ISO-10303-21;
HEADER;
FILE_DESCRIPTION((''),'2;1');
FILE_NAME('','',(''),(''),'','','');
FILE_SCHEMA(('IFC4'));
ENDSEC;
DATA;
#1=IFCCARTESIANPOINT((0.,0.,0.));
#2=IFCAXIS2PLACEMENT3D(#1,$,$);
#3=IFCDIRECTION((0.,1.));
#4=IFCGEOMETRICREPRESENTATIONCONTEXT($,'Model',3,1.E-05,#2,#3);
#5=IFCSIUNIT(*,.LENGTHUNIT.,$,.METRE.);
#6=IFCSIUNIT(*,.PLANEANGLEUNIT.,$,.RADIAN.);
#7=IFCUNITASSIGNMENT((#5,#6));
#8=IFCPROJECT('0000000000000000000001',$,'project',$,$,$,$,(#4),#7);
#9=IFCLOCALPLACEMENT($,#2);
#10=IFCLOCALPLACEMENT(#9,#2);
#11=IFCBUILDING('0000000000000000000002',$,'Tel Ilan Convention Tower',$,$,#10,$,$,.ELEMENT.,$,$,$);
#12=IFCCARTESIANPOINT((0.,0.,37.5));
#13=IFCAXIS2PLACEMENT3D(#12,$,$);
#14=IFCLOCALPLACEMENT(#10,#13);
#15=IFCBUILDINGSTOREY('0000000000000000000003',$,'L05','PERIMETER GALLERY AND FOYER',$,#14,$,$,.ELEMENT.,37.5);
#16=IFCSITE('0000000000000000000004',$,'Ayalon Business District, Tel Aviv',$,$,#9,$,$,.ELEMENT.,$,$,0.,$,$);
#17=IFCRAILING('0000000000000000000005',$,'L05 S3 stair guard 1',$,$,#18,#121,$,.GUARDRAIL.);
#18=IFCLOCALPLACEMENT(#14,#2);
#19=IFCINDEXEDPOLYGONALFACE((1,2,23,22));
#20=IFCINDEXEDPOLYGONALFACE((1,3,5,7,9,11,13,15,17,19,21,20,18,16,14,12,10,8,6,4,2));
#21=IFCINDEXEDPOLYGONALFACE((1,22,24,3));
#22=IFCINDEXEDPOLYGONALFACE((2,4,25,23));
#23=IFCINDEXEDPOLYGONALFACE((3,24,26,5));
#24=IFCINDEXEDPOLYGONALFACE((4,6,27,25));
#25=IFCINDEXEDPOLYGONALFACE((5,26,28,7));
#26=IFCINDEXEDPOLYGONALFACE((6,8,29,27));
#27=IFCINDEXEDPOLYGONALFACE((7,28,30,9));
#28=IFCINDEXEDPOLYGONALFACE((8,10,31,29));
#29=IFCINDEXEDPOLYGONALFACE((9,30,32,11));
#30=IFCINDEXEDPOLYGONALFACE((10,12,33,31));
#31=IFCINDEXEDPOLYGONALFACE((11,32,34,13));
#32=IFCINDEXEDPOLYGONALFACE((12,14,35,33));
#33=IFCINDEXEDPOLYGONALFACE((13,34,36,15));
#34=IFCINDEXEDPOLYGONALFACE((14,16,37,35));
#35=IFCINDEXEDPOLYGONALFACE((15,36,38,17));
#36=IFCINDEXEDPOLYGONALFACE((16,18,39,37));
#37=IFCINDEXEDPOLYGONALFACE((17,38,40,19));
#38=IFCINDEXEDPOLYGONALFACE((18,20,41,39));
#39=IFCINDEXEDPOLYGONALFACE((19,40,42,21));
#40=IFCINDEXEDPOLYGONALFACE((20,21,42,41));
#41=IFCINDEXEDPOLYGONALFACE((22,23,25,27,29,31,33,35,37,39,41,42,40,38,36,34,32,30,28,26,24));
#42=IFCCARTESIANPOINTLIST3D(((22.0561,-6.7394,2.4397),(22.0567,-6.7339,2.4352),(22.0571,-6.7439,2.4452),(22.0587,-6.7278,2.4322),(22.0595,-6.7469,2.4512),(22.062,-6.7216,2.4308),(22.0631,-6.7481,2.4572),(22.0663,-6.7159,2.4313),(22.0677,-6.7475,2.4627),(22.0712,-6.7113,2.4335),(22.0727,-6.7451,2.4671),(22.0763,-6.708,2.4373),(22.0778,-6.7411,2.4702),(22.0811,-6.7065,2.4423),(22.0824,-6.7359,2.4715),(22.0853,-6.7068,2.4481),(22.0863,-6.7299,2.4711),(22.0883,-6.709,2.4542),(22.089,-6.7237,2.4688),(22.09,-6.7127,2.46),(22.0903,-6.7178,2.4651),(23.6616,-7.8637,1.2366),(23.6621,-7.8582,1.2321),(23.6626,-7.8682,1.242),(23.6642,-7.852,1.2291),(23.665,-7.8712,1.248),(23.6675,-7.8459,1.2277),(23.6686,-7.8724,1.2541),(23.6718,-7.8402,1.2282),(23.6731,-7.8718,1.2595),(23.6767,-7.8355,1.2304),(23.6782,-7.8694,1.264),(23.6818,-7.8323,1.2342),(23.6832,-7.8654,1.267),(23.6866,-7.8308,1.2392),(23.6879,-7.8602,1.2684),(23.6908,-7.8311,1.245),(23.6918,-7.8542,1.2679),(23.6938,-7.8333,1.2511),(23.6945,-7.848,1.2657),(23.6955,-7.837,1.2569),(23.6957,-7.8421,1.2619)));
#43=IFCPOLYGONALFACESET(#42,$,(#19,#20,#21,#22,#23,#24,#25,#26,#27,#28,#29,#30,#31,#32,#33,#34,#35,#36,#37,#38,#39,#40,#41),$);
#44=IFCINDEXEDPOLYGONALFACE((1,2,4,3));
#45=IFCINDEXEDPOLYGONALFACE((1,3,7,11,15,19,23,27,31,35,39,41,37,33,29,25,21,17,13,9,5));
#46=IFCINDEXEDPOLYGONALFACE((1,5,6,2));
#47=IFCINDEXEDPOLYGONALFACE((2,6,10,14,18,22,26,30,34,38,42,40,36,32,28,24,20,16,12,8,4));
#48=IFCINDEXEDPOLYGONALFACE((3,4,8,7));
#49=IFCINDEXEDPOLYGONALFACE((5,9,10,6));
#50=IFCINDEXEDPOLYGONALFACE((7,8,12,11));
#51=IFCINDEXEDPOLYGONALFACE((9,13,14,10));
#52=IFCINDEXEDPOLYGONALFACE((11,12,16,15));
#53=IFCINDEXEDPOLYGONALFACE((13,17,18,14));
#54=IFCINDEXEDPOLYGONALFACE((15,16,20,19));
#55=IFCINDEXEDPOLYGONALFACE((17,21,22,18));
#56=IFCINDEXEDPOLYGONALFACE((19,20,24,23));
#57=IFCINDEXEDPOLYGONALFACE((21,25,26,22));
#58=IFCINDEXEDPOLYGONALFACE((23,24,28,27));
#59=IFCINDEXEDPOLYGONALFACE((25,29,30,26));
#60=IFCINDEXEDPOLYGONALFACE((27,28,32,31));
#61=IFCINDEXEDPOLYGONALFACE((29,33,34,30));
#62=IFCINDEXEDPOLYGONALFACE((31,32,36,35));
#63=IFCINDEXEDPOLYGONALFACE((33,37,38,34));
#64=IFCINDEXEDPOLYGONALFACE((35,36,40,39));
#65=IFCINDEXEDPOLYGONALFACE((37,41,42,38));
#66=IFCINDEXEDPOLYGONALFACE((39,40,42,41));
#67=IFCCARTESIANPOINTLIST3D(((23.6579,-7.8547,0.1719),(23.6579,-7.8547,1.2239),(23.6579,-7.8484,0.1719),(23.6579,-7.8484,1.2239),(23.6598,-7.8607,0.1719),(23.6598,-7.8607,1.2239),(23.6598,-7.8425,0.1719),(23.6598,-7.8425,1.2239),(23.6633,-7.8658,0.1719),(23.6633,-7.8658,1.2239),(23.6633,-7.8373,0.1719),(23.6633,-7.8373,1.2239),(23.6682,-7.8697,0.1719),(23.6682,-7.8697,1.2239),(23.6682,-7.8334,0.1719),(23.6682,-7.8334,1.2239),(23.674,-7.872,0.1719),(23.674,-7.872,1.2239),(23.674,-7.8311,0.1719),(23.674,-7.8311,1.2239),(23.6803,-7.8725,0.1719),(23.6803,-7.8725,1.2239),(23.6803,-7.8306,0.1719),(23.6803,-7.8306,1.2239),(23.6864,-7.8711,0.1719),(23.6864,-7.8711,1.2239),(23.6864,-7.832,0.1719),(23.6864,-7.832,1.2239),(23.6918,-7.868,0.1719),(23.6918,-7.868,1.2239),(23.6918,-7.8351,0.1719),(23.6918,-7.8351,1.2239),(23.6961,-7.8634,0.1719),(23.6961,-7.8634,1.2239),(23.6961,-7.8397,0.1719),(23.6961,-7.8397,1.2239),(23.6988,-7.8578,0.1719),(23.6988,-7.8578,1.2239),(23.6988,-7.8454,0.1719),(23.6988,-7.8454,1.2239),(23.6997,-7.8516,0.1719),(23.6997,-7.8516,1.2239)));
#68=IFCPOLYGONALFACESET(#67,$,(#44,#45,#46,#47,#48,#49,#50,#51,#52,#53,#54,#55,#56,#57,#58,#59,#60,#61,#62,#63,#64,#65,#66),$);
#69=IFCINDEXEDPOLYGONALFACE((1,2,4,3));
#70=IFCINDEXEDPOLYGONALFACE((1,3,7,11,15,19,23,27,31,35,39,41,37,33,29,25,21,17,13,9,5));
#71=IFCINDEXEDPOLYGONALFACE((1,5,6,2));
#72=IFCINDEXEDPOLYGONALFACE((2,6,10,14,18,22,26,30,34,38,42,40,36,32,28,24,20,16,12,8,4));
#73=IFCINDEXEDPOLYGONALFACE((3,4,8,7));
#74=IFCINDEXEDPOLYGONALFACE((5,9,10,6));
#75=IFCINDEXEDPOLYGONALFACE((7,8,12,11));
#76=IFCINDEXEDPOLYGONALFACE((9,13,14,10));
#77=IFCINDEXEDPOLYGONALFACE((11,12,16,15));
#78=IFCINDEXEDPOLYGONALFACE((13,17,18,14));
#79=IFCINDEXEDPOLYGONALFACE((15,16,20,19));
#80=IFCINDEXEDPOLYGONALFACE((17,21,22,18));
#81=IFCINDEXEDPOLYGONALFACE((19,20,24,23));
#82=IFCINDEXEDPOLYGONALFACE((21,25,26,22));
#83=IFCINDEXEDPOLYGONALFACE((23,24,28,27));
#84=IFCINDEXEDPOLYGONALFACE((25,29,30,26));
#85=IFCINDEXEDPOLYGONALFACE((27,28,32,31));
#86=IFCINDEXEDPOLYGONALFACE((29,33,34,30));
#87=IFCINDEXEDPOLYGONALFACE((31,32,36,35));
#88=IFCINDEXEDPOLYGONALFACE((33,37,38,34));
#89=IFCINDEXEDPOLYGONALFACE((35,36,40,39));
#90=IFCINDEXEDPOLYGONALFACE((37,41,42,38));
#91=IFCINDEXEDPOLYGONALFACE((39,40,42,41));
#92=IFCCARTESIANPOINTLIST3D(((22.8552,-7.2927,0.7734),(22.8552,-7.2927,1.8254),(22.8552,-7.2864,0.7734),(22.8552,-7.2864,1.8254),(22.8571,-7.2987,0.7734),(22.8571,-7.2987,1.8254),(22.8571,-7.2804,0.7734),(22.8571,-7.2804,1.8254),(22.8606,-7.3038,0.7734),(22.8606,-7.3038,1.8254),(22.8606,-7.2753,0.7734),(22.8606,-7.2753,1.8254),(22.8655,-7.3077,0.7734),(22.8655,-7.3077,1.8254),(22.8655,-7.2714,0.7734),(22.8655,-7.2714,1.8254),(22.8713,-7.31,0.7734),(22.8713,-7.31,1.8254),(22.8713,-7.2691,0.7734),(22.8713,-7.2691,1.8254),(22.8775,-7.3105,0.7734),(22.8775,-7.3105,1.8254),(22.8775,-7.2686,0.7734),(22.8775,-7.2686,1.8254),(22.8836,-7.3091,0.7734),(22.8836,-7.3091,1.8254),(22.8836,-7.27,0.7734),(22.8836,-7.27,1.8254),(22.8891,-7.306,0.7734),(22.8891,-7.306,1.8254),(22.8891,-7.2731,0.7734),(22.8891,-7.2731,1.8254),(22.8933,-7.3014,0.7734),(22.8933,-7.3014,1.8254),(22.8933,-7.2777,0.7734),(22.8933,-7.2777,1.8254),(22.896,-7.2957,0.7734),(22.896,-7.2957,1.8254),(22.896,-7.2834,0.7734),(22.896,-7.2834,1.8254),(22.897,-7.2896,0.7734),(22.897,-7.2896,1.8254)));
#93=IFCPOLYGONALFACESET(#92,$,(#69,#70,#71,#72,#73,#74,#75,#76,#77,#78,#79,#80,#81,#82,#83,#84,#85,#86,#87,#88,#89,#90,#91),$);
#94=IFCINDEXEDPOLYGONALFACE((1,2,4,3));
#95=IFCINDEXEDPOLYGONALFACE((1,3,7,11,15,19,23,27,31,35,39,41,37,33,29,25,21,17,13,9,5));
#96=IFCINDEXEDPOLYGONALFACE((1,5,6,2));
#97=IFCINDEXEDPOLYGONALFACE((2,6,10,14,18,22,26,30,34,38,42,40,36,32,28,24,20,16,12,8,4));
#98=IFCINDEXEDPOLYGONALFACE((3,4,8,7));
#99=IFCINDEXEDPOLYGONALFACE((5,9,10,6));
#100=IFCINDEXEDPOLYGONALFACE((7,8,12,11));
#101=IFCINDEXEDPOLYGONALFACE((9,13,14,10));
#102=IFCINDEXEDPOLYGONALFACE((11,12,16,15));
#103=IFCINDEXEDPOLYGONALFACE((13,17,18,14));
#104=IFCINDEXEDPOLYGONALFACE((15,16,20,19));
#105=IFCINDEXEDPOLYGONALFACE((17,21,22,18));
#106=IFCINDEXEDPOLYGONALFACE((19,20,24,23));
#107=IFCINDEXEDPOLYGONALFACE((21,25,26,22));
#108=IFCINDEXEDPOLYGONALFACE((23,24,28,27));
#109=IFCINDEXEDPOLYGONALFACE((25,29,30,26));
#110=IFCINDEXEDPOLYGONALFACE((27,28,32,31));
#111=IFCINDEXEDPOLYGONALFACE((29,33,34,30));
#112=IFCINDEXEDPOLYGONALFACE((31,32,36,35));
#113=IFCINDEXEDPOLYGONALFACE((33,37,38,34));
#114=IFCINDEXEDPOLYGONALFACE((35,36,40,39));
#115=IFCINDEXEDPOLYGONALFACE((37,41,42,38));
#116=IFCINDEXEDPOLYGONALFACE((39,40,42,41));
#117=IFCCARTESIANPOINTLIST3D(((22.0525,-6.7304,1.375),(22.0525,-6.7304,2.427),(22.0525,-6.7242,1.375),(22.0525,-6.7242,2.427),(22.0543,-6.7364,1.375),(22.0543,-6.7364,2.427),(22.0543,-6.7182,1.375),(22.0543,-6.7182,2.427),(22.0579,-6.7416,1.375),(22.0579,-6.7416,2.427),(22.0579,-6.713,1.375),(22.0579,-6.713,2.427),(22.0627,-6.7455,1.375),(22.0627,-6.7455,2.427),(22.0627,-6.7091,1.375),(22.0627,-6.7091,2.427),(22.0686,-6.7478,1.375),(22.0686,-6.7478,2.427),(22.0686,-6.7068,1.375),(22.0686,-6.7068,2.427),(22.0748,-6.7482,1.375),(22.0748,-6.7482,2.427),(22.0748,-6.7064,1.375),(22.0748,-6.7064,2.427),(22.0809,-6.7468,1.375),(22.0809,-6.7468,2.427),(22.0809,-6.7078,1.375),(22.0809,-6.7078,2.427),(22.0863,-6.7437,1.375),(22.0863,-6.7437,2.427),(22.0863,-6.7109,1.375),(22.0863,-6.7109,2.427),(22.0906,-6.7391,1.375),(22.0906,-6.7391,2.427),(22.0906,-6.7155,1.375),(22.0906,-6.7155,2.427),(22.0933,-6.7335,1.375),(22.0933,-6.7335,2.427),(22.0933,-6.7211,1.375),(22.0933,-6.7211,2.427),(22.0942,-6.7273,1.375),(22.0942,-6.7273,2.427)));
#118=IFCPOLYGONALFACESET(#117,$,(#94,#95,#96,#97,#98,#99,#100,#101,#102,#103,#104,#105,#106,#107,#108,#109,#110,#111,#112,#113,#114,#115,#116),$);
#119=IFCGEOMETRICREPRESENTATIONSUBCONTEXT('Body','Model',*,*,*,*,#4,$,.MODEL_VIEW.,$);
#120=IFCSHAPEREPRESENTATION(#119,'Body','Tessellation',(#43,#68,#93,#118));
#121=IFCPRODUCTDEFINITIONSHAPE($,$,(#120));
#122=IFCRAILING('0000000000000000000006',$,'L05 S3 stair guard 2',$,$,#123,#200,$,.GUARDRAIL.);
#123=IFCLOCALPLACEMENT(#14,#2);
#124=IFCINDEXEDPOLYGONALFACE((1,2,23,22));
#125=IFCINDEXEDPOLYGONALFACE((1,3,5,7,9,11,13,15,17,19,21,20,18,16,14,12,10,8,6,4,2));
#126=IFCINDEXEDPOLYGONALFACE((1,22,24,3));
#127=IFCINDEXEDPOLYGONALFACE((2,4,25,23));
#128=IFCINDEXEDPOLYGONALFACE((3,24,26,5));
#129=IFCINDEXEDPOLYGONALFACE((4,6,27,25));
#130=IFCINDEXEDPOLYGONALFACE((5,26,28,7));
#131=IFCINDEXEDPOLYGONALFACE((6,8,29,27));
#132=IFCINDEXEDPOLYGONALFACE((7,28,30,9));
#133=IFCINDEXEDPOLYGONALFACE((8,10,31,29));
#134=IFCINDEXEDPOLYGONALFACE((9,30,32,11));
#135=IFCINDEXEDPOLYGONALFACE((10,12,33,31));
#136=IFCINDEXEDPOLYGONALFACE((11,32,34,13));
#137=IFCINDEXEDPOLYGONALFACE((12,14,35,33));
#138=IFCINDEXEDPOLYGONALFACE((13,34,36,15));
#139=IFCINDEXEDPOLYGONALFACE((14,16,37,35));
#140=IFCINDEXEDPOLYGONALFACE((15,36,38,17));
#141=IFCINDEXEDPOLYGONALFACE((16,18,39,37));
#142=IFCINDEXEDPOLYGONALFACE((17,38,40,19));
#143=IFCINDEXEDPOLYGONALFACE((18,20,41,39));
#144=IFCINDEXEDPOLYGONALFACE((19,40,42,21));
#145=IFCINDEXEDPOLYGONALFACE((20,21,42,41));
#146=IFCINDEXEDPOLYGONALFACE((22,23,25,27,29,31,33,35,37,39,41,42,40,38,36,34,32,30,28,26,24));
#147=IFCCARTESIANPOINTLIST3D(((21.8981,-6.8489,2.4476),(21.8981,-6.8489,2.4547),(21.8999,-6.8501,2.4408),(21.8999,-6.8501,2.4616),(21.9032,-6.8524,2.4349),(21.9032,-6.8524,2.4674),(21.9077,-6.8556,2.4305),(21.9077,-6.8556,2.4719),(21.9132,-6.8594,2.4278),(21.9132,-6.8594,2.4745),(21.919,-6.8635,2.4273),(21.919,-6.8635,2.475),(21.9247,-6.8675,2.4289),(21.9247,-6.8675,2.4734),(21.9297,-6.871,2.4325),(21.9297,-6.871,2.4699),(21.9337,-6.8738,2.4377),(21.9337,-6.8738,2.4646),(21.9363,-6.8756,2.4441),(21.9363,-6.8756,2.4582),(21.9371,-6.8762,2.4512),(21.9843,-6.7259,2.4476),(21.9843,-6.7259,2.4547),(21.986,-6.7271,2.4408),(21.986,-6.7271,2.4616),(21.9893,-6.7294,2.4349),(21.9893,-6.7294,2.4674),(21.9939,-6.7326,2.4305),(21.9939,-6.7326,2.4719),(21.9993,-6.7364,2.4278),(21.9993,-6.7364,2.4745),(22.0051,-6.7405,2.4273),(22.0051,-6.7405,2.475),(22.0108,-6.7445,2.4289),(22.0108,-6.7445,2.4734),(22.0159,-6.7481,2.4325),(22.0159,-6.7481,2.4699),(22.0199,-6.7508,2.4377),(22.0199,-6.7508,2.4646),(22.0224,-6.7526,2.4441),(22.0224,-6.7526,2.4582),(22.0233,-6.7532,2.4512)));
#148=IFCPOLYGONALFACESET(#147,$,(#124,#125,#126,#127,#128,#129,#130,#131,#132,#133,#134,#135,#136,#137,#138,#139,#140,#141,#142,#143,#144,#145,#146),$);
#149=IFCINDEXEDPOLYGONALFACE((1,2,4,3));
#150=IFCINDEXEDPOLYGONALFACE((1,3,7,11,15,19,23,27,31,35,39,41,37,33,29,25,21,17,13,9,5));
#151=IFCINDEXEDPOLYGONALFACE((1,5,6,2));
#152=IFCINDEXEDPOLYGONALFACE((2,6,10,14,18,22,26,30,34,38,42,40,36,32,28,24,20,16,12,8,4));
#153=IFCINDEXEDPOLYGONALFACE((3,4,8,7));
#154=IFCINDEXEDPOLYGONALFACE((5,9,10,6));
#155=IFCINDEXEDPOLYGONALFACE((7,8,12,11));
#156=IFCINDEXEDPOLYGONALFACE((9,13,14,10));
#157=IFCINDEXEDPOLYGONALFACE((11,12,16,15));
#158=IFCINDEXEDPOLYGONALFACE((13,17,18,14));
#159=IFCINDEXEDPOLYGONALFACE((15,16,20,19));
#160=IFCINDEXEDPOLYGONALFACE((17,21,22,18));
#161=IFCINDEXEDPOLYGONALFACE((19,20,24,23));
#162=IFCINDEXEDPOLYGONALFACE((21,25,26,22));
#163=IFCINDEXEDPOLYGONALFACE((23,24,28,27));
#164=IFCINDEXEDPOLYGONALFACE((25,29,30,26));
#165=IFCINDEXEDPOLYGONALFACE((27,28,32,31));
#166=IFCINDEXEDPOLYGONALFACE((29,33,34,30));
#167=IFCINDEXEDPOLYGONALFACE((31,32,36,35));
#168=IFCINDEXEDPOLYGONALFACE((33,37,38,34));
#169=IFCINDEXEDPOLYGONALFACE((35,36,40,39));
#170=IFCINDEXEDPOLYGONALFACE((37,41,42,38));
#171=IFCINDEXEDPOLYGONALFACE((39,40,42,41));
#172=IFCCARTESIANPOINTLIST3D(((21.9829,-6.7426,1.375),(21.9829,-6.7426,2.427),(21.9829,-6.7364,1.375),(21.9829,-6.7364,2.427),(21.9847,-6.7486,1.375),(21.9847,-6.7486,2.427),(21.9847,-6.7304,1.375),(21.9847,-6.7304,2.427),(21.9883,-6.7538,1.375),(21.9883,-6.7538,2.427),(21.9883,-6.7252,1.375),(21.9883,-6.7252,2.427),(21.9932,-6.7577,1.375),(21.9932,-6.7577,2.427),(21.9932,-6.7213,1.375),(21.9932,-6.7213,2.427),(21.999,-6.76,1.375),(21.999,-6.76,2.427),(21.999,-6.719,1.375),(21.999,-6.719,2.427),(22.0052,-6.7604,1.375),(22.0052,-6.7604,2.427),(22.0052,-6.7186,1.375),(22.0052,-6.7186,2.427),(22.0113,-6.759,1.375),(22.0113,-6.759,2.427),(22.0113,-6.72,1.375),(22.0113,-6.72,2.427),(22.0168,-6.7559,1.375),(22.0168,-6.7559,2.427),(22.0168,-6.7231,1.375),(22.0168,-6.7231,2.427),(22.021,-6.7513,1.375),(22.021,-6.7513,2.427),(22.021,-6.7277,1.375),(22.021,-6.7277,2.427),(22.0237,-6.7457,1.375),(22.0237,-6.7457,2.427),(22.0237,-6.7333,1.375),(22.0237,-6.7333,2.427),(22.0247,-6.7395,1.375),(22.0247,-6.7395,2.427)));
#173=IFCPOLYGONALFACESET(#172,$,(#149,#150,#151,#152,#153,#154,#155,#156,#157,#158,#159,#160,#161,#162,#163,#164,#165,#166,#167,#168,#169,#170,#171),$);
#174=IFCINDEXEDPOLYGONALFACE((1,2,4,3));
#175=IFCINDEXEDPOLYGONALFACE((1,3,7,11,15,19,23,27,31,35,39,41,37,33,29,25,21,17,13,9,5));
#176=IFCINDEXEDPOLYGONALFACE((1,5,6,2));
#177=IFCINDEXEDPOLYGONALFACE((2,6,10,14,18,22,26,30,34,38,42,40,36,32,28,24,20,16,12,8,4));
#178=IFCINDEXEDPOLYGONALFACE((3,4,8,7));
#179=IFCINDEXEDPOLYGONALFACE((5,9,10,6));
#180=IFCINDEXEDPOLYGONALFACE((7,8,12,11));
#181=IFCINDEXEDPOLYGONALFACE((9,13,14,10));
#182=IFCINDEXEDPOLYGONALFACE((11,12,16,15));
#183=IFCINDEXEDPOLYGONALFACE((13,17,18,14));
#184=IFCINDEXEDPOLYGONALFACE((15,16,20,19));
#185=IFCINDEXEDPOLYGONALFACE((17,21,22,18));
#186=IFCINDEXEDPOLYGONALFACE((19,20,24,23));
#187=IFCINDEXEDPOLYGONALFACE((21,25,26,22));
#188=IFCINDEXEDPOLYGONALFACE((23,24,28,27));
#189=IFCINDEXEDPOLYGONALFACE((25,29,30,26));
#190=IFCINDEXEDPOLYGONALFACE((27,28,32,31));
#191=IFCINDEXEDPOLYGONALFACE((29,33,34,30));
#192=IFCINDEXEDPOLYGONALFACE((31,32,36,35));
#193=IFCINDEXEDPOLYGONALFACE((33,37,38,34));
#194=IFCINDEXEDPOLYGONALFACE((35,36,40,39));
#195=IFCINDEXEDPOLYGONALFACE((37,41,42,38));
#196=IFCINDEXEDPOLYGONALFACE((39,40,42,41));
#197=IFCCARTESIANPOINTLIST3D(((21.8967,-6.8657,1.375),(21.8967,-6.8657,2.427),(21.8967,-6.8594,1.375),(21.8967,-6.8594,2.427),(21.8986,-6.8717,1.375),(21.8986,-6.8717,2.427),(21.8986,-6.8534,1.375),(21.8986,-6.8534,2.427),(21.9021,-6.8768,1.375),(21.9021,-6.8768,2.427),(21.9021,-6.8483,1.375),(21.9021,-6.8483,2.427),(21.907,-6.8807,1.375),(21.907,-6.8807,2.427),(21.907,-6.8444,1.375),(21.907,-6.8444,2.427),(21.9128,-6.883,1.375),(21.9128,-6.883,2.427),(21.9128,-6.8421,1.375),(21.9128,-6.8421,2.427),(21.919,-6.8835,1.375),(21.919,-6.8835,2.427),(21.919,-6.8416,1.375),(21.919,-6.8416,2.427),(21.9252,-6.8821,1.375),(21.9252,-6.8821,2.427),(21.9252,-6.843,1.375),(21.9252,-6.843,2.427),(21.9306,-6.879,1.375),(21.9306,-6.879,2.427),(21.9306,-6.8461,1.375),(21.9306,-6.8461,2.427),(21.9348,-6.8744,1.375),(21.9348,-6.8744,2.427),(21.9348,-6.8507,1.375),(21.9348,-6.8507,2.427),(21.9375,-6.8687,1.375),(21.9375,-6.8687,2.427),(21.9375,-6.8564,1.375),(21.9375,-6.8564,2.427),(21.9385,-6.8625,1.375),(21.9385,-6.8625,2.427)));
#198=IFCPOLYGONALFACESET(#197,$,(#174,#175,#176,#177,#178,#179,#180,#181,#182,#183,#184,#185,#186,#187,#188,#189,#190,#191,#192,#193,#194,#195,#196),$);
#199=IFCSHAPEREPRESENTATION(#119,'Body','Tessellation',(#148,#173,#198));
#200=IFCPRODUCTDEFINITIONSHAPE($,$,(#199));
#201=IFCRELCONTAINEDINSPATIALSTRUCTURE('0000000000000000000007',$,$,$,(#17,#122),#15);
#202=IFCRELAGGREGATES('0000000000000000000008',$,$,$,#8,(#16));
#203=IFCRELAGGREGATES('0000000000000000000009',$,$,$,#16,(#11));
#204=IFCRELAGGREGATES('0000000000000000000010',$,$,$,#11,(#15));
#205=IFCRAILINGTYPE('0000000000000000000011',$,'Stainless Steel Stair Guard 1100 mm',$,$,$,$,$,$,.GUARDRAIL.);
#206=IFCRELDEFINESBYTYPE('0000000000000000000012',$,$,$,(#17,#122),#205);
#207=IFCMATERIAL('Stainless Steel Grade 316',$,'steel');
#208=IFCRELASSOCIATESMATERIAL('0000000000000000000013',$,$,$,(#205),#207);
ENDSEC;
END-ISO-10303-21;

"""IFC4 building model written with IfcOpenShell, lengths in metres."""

from ifc_helpers import new_model, si_unit, direction, frame, origin, origin_2d, place, context, subcontext, project, spatial, circle, extrude, material, type_object, element, save


model = new_model("IFC4")

# Units and contexts
model_context = context("Model", 3, precision=1e-05, world=origin(), true_north=direction((0.0, 1.0)))
body_context = subcontext(model_context, "Body", "Model", "MODEL_VIEW")
ifc_project = project(units=[si_unit("LENGTHUNIT", "METRE"), si_unit("PLANEANGLEUNIT", "RADIAN")], contexts=[model_context])

# Site, building, storey
site_placement = place(None, origin())
site = spatial("IfcSite", under=ifc_project, at=site_placement, Name="Ayalon Business District, Tel Aviv", CompositionType="ELEMENT", RefElevation=0.0)
building_placement = place(site_placement, origin())
building = spatial("IfcBuilding", under=site, at=building_placement, Name="Tel Ilan Convention Tower", CompositionType="ELEMENT")
storey_placement = place(building_placement, frame((0.0, 0.0, 37.5)))
storey = spatial("IfcBuildingStorey", under=building, at=storey_placement, Name="L05", Description="PERIMETER GALLERY AND FOYER", CompositionType="ELEMENT", Elevation=37.5)

# Railings
ifc_material_1 = material(Name="Stainless Steel Grade 316", Category="steel")
railing_type_1 = type_object("IfcRailingType", Name="Stainless Steel Stair Guard 1100 mm", PredefinedType="GUARDRAIL", material=ifc_material_1)
railing_1_placement = place(storey_placement, frame((23.6787, -7.8516, 0.1719)))
element("IfcRailing", 1, at=railing_1_placement, inside=storey, type_object=railing_type_1, Name="L05 S3 stair guard 1", PredefinedType="GUARDRAIL", context=body_context, shape_type="SweptSolid", body=[
    extrude(circle(Radius=0.0239, at=origin_2d()), frame((0.0, 0.0, 1.0762), z_axis=(-0.698095, 0.488857, 0.523146), x_axis=(-0.573613, -0.819127, 0.0)), (0.0, 0.0, 1.0), 2.2998),
    extrude(circle(Radius=0.021, at=origin_2d()), origin(), (0.0, 0.0, 1.0), 1.052),
    extrude(circle(Radius=0.021, at=origin_2d()), frame((-0.8027, 0.562, 0.6016)), (0.0, 0.0, 1.0), 1.052),
    extrude(circle(Radius=0.021, at=origin_2d()), frame((-1.6055, 1.1243, 1.2031)), (0.0, 0.0, 1.0), 1.052),
])
railing_2_placement = place(storey_placement, frame((22.0037, -6.7395, 1.375)))
element("IfcRailing", 2, at=railing_2_placement, inside=storey, type_object=railing_type_1, Name="L05 S3 stair guard 2", PredefinedType="GUARDRAIL", context=body_context, shape_type="SweptSolid", body=[
    extrude(circle(Radius=0.0239, at=origin_2d()), frame((0.0, 0.0, 1.0762), z_axis=(-0.57368, -0.819079, 0.0), x_axis=(0.819079, -0.57368, 0.0)), (0.0, 0.0, 1.0), 0.1501),
    extrude(circle(Radius=0.021, at=origin_2d()), origin(), (0.0, 0.0, 1.0), 1.052),
    extrude(circle(Radius=0.021, at=origin_2d()), frame((-0.0862, -0.123, 0.0)), (0.0, 0.0, 1.0), 1.052),
])

save(model, "model.ifc")
